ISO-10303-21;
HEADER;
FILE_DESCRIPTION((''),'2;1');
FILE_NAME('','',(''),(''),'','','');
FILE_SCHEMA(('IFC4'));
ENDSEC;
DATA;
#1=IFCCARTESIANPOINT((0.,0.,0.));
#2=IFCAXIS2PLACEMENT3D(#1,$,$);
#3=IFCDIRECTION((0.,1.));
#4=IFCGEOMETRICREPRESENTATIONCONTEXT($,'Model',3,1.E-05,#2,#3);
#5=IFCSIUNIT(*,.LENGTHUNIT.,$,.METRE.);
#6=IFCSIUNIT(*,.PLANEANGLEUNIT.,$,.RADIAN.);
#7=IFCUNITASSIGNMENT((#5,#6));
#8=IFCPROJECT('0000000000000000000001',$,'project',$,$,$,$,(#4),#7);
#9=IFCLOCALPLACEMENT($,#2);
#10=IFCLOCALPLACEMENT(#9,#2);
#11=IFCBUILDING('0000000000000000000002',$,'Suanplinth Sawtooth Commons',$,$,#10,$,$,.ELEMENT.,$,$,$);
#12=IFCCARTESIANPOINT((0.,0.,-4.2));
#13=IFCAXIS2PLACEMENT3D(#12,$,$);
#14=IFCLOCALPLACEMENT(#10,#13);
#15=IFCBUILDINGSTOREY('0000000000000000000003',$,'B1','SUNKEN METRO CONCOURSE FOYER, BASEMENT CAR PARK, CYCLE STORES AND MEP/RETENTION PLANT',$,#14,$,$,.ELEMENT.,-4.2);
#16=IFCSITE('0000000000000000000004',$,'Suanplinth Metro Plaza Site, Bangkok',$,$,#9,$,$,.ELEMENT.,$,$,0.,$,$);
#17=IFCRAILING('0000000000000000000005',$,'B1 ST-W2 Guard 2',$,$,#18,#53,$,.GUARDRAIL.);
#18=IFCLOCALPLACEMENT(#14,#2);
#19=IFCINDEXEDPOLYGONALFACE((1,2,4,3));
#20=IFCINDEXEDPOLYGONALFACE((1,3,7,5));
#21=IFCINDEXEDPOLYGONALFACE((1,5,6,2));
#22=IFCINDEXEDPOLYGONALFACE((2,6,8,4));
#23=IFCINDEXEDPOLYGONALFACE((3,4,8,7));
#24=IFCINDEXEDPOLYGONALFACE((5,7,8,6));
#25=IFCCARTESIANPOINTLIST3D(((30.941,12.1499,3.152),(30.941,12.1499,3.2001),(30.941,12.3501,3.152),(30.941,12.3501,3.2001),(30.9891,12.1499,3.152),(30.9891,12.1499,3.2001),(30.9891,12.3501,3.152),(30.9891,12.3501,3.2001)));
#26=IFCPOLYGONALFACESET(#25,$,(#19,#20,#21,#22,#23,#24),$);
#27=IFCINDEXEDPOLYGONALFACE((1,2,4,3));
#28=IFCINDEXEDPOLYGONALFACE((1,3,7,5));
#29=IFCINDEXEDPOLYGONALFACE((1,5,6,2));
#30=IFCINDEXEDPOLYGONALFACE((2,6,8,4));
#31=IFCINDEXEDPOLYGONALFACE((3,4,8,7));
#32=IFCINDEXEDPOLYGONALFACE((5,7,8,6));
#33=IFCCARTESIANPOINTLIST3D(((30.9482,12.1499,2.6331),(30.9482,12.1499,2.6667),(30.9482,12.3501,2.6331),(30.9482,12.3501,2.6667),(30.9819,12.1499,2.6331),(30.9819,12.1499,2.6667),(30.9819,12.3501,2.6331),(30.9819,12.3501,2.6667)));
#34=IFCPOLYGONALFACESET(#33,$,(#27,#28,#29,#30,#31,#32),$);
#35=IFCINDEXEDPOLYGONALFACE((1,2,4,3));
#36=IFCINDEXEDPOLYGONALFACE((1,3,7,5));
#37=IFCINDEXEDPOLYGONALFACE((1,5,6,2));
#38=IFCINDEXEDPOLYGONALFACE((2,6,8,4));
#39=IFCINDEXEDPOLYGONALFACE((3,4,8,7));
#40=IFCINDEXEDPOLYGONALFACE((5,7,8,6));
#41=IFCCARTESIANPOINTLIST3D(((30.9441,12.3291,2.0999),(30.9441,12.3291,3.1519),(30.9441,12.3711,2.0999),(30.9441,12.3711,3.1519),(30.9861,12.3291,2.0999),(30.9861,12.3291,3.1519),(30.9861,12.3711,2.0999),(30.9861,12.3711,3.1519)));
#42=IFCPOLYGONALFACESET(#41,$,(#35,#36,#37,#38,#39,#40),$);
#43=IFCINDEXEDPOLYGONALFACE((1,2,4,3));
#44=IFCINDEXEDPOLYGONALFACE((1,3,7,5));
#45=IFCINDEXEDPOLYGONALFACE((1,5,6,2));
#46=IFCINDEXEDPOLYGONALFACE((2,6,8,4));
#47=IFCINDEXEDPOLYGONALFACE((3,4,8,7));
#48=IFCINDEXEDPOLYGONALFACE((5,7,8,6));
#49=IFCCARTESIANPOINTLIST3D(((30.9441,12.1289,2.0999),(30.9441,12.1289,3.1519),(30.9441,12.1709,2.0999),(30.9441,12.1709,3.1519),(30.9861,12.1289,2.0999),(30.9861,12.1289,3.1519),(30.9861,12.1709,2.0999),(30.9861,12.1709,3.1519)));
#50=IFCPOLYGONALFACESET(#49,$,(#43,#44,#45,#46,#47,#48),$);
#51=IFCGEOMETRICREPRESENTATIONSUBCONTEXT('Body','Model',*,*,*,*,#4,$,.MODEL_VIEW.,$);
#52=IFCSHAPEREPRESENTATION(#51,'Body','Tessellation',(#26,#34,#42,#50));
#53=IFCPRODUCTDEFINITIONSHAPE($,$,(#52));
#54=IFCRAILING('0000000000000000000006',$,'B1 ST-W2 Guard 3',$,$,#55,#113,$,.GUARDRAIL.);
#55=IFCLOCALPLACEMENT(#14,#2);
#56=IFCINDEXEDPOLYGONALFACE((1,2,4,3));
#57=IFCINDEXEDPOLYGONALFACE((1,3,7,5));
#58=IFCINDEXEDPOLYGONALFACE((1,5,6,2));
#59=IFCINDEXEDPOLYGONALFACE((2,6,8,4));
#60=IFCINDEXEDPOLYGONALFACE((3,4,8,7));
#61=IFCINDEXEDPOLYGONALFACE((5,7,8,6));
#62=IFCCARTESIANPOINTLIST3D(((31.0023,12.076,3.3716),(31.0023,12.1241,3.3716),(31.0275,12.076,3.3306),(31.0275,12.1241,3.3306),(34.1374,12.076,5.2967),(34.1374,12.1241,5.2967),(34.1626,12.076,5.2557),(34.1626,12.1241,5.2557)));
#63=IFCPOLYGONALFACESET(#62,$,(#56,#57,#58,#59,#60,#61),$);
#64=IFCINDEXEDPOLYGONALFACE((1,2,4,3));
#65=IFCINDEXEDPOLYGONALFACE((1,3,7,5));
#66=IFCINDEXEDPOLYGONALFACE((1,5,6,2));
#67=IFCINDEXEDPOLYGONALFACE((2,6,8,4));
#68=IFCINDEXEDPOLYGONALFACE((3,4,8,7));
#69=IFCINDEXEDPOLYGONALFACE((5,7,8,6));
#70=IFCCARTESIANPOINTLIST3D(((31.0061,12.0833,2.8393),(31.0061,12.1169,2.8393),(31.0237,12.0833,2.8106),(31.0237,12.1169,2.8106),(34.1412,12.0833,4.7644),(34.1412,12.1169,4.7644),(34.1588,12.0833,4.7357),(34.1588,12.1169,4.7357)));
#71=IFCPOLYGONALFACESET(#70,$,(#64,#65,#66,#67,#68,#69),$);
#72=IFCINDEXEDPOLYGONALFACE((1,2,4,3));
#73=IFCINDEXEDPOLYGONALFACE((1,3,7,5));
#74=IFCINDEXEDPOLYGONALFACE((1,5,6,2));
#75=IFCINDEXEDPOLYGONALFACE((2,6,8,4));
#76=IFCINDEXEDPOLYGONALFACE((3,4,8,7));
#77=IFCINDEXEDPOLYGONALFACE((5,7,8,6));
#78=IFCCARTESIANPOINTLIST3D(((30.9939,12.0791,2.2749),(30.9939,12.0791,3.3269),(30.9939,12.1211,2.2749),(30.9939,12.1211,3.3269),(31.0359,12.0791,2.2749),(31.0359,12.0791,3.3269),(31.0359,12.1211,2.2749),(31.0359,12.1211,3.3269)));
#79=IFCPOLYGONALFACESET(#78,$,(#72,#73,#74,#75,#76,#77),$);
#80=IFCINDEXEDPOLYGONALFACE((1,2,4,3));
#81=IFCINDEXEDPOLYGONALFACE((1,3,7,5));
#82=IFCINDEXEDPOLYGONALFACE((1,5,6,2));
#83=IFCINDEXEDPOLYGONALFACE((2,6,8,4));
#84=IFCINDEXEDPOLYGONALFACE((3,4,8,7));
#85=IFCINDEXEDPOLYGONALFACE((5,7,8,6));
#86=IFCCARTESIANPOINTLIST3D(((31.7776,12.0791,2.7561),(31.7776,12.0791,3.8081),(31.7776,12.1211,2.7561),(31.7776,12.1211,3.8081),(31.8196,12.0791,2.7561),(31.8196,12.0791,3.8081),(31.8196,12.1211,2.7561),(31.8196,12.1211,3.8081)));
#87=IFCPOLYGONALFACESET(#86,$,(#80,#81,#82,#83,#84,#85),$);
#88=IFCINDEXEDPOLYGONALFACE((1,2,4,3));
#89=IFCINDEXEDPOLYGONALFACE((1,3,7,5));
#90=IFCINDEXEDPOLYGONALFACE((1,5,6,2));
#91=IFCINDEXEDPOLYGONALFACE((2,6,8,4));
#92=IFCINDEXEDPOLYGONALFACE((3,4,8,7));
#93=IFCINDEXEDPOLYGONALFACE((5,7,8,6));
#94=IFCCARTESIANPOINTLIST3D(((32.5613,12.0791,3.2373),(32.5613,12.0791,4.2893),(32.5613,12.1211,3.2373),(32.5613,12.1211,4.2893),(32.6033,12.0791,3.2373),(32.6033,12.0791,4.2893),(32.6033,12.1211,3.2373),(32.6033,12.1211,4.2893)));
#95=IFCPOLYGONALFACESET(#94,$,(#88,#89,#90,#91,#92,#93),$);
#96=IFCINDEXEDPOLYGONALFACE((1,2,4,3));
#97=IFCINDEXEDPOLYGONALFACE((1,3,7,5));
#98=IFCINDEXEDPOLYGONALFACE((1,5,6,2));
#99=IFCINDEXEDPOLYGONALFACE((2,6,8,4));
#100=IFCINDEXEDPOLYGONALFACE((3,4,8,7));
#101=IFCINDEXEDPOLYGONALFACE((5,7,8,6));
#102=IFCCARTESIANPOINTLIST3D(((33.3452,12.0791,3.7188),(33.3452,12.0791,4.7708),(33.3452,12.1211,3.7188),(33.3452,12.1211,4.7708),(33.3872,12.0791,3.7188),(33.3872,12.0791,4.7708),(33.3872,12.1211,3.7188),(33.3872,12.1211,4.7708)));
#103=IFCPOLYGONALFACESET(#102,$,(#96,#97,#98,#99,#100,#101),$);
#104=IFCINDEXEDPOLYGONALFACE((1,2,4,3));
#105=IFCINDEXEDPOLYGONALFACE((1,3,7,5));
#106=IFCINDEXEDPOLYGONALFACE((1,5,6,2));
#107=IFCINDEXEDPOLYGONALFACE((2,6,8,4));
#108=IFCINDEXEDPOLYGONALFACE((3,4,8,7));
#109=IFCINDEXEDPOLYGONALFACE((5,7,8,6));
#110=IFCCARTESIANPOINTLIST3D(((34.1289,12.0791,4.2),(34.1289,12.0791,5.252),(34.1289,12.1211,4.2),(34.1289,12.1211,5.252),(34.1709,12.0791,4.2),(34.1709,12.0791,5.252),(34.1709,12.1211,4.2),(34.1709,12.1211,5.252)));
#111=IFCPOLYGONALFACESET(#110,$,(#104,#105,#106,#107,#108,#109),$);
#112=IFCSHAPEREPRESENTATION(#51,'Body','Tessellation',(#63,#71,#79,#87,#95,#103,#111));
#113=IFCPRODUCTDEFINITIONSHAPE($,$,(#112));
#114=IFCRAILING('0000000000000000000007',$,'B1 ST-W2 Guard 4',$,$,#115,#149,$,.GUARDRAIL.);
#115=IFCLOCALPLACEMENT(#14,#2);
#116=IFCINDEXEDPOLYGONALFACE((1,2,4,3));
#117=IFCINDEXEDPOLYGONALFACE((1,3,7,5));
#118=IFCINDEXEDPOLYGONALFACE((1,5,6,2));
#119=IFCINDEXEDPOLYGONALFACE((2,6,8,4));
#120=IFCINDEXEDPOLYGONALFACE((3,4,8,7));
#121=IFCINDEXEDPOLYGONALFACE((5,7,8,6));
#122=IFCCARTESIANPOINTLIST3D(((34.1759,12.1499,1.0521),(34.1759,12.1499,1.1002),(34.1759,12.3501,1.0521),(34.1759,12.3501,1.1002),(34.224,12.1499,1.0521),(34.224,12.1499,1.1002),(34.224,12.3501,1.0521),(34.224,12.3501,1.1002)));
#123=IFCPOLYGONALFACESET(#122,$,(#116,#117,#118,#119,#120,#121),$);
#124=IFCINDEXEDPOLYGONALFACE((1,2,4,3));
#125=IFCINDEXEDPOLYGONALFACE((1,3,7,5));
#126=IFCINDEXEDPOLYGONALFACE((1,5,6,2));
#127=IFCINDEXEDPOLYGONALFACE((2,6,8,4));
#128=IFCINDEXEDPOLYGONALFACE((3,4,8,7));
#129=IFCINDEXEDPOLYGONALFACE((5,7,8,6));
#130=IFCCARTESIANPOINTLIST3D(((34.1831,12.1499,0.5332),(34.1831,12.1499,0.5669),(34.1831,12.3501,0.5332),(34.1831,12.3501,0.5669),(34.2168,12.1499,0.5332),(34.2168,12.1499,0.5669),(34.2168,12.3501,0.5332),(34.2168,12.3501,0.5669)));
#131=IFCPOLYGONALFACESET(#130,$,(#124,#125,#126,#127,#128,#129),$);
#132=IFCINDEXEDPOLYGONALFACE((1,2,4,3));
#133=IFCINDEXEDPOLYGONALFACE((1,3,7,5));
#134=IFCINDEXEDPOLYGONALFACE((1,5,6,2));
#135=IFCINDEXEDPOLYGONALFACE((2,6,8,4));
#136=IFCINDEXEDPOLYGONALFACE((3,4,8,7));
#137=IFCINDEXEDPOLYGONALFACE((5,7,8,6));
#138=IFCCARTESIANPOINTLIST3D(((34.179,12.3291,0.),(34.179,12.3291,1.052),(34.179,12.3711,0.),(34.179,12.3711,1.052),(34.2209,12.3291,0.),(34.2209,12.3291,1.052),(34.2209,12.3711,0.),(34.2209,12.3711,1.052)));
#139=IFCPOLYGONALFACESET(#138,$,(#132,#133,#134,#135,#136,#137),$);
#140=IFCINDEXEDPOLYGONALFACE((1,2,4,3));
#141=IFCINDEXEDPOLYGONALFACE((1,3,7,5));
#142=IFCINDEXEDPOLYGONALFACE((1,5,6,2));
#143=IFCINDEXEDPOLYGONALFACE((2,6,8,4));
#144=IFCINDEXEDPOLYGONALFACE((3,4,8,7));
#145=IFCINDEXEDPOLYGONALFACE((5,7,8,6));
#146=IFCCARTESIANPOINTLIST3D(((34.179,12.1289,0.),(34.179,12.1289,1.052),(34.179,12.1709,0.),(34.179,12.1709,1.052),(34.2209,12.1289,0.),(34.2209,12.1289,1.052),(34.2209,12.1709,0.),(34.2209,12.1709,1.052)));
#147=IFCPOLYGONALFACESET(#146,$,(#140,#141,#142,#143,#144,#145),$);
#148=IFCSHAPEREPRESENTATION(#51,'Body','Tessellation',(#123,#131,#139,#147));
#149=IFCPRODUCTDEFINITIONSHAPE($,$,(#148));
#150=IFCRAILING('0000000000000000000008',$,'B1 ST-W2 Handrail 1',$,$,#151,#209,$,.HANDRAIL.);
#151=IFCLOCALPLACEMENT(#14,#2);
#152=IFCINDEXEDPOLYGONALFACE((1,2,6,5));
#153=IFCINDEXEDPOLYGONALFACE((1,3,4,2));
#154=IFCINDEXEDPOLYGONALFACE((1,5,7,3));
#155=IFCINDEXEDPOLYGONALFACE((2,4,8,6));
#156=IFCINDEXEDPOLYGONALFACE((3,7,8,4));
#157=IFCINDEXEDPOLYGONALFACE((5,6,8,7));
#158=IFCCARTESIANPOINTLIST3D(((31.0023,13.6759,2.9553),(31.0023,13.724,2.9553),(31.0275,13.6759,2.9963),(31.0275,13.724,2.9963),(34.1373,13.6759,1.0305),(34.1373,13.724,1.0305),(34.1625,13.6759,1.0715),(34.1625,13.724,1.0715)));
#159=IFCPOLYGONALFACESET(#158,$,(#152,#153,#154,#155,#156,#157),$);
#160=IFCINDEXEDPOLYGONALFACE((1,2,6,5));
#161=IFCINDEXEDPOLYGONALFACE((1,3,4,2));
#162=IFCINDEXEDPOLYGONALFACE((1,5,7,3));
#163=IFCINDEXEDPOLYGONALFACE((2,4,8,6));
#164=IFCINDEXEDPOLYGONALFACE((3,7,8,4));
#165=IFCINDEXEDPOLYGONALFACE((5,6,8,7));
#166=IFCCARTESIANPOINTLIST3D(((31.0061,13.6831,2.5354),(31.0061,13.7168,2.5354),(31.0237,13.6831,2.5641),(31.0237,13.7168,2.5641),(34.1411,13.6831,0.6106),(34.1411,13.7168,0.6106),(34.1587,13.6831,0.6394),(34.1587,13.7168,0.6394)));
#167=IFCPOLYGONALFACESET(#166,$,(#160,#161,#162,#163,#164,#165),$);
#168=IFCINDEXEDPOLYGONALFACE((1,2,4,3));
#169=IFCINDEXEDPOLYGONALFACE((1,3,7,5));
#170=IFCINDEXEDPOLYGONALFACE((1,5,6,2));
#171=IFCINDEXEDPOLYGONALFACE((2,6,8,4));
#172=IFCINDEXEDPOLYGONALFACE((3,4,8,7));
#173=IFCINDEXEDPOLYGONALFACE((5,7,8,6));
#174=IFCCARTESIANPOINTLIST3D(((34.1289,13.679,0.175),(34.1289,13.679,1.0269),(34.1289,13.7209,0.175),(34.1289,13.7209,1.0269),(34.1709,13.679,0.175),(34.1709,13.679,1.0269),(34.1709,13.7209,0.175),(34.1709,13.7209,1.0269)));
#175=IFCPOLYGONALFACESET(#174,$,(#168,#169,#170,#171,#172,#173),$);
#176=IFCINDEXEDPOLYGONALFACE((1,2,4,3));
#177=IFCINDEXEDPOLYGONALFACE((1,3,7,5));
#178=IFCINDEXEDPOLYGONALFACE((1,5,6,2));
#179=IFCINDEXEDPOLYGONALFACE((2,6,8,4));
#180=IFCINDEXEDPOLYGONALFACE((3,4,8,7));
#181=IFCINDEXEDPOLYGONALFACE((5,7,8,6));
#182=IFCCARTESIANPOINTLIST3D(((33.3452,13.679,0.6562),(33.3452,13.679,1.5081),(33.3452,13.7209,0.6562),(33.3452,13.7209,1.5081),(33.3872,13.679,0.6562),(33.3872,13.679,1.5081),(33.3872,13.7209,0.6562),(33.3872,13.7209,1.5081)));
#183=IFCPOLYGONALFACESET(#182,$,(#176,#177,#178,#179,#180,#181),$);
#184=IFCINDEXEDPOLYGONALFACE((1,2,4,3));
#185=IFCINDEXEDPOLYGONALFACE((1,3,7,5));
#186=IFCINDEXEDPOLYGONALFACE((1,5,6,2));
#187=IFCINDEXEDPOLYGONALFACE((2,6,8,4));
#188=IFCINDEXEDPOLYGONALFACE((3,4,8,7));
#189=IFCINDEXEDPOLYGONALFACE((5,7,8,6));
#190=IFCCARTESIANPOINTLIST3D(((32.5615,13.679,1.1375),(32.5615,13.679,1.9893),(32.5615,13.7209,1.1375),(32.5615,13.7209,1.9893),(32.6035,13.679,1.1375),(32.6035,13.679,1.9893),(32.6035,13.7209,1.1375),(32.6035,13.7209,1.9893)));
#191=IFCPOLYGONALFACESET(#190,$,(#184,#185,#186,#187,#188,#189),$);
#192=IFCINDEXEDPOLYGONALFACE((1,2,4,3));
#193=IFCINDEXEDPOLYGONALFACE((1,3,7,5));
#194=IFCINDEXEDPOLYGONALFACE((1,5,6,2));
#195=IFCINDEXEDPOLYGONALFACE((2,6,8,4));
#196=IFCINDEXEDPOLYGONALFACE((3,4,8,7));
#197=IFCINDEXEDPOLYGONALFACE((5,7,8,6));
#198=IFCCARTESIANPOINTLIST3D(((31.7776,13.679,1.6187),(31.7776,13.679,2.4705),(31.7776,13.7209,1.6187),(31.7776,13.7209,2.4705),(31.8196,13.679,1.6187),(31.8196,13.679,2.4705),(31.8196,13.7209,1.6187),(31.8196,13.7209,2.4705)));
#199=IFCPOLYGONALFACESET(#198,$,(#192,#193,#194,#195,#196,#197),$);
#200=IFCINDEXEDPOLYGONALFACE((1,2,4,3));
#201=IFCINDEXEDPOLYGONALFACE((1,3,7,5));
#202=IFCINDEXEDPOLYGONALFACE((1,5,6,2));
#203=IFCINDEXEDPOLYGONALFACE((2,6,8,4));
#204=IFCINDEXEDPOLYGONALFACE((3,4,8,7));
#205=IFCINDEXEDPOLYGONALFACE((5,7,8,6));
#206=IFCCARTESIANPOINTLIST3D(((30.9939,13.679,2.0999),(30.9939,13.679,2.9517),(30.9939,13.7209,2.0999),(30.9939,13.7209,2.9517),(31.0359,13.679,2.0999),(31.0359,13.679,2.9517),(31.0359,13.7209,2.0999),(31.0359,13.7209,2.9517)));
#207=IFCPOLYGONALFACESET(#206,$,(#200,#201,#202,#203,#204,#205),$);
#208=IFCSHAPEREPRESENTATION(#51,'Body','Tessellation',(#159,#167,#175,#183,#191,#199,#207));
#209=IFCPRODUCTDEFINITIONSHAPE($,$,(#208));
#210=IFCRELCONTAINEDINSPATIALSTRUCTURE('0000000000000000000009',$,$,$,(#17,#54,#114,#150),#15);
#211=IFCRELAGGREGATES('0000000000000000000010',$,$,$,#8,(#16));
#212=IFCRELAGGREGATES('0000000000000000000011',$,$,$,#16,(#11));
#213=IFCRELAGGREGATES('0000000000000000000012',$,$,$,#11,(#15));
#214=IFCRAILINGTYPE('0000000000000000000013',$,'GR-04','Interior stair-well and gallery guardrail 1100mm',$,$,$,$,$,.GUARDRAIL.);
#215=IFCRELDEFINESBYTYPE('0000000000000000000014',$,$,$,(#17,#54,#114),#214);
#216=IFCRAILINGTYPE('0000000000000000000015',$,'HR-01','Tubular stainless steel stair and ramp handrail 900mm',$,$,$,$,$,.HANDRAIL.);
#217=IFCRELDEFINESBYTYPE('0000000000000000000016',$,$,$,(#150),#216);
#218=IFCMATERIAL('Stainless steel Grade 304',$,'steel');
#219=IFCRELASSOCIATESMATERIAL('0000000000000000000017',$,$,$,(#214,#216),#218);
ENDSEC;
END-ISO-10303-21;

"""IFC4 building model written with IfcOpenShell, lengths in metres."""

from ifc_helpers import new_model, si_unit, direction, frame, origin, origin_2d, place, context, subcontext, project, spatial, rectangle, extrude, material, type_object, element, save


model = new_model("IFC4")

# Units and contexts
model_context = context("Model", 3, precision=1e-05, world=origin(), true_north=direction((0.0, 1.0)))
body_context = subcontext(model_context, "Body", "Model", "MODEL_VIEW")
ifc_project = project(units=[si_unit("LENGTHUNIT", "METRE"), si_unit("PLANEANGLEUNIT", "RADIAN")], contexts=[model_context])

# Site, building, storey
site_placement = place(None, origin())
site = spatial("IfcSite", under=ifc_project, at=site_placement, Name="Suanplinth Metro Plaza Site, Bangkok", CompositionType="ELEMENT", RefElevation=0.0)
building_placement = place(site_placement, origin())
building = spatial("IfcBuilding", under=site, at=building_placement, Name="Suanplinth Sawtooth Commons", CompositionType="ELEMENT")
storey_placement = place(building_placement, frame((0.0, 0.0, -4.2)))
storey = spatial("IfcBuildingStorey", under=building, at=storey_placement, Name="B1", Description="SUNKEN METRO CONCOURSE FOYER, BASEMENT CAR PARK, CYCLE STORES AND MEP/RETENTION PLANT", CompositionType="ELEMENT", Elevation=-4.2)

# Railings
ifc_material_1 = material(Name="Stainless steel Grade 304", Category="steel")
railing_type_1 = type_object("IfcRailingType", Name="GR-04", Description="Interior stair-well and gallery guardrail 1100mm", PredefinedType="GUARDRAIL", material=ifc_material_1)
railing_1_placement = place(storey_placement, frame((30.9651, 12.3501, 2.0999)))
element("IfcRailing", 1, at=railing_1_placement, inside=storey, type_object=railing_type_1, Name="B1 ST-W2 Guard 2", PredefinedType="GUARDRAIL", context=body_context, shape_type="SweptSolid", body=[
    extrude(rectangle(XDim=0.0481, YDim=0.0481, at=origin_2d()), frame((0.0, 0.0, 1.0762), z_axis=(0.0, -1.0, 0.0), x_axis=(1.0, 0.0, 0.0)), (0.0, 0.0, 1.0), 0.2002),
    extrude(rectangle(XDim=0.0337, YDim=0.0337, at=origin_2d()), frame((0.0, 0.0, 0.55), z_axis=(0.0, -1.0, 0.0), x_axis=(1.0, 0.0, 0.0)), (0.0, 0.0, 1.0), 0.2002),
    extrude(rectangle(XDim=0.042, YDim=0.042, at=origin_2d()), origin(), (0.0, 0.0, 1.0), 1.052),
    extrude(rectangle(XDim=0.042, YDim=0.042, at=origin_2d()), frame((0.0, -0.2002, 0.0)), (0.0, 0.0, 1.0), 1.052),
])
railing_2_placement = place(storey_placement, frame((31.0149, 12.1001, 2.2749)))
element("IfcRailing", 2, at=railing_2_placement, inside=storey, type_object=railing_type_1, Name="B1 ST-W2 Guard 3", PredefinedType="GUARDRAIL", context=body_context, shape_type="SweptSolid", body=[
    extrude(rectangle(XDim=0.0481, YDim=0.0481, at=origin_2d()), frame((0.0, 0.0, 1.0762), z_axis=(0.852166, 0.0, 0.523271), x_axis=(0.0, 1.0, 0.0)), (0.0, 0.0, 1.0), 3.679),
    extrude(rectangle(XDim=0.0337, YDim=0.0337, at=origin_2d()), frame((0.0, 0.0, 0.55), z_axis=(0.852166, 0.0, 0.523271), x_axis=(0.0, 1.0, 0.0)), (0.0, 0.0, 1.0), 3.679),
    extrude(rectangle(XDim=0.042, YDim=0.042, at=origin_2d()), origin(), (0.0, 0.0, 1.0), 1.052),
    extrude(rectangle(XDim=0.042, YDim=0.042, at=origin_2d()), frame((0.7837, 0.0, 0.4812)), (0.0, 0.0, 1.0), 1.052),
    extrude(rectangle(XDim=0.042, YDim=0.042, at=origin_2d()), frame((1.5674, 0.0, 0.9624)), (0.0, 0.0, 1.0), 1.052),
    extrude(rectangle(XDim=0.042, YDim=0.042, at=origin_2d()), frame((2.3513, 0.0, 1.4438)), (0.0, 0.0, 1.0), 1.052),
    extrude(rectangle(XDim=0.042, YDim=0.042, at=origin_2d()), frame((3.135, 0.0, 1.925)), (0.0, 0.0, 1.0), 1.052),
])
railing_3_placement = place(storey_placement, frame((34.2, 12.3501, 0.0)))
element("IfcRailing", 3, at=railing_3_placement, inside=storey, type_object=railing_type_1, Name="B1 ST-W2 Guard 4", PredefinedType="GUARDRAIL", context=body_context, shape_type="SweptSolid", body=[
    extrude(rectangle(XDim=0.0481, YDim=0.0481, at=origin_2d()), frame((0.0, 0.0, 1.0762), z_axis=(0.0, -1.0, 0.0), x_axis=(1.0, 0.0, 0.0)), (0.0, 0.0, 1.0), 0.2002),
    extrude(rectangle(XDim=0.0337, YDim=0.0337, at=origin_2d()), frame((0.0, 0.0, 0.55), z_axis=(0.0, -1.0, 0.0), x_axis=(1.0, 0.0, 0.0)), (0.0, 0.0, 1.0), 0.2002),
    extrude(rectangle(XDim=0.042, YDim=0.042, at=origin_2d()), origin(), (0.0, 0.0, 1.0), 1.052),
    extrude(rectangle(XDim=0.042, YDim=0.042, at=origin_2d()), frame((0.0, -0.2002, 0.0)), (0.0, 0.0, 1.0), 1.052),
])
railing_type_2 = type_object("IfcRailingType", Name="HR-01", Description="Tubular stainless steel stair and ramp handrail 900mm", PredefinedType="HANDRAIL", material=ifc_material_1)
railing_4_placement = place(storey_placement, frame((34.1499, 13.7, 0.175)))
element("IfcRailing", 4, at=railing_4_placement, inside=storey, type_object=railing_type_2, Name="B1 ST-W2 Handrail 1", PredefinedType="HANDRAIL", context=body_context, shape_type="SweptSolid", body=[
    extrude(rectangle(XDim=0.0481, YDim=0.0481, at=origin_2d()), frame((0.0, 0.0, 0.876), z_axis=(-0.852196, 0.0, 0.523223), x_axis=(0.0, -1.0, 0.0)), (0.0, 0.0, 1.0), 3.6787),
    extrude(rectangle(XDim=0.0337, YDim=0.0337, at=origin_2d()), frame((0.0, 0.0, 0.45), z_axis=(-0.852196, 0.0, 0.523223), x_axis=(0.0, -1.0, 0.0)), (0.0, 0.0, 1.0), 3.6787),
    extrude(rectangle(XDim=0.042, YDim=0.042, at=origin_2d()), origin(), (0.0, 0.0, 1.0), 0.8518),
    extrude(rectangle(XDim=0.042, YDim=0.042, at=origin_2d()), frame((-0.7837, 0.0, 0.4812)), (0.0, 0.0, 1.0), 0.8518),
    extrude(rectangle(XDim=0.042, YDim=0.042, at=origin_2d()), frame((-1.5674, 0.0, 0.9624)), (0.0, 0.0, 1.0), 0.8518),
    extrude(rectangle(XDim=0.042, YDim=0.042, at=origin_2d()), frame((-2.3513, 0.0, 1.4436)), (0.0, 0.0, 1.0), 0.8518),
    extrude(rectangle(XDim=0.042, YDim=0.042, at=origin_2d()), frame((-3.135, 0.0, 1.9248)), (0.0, 0.0, 1.0), 0.8518),
])

save(model, "model.ifc")
